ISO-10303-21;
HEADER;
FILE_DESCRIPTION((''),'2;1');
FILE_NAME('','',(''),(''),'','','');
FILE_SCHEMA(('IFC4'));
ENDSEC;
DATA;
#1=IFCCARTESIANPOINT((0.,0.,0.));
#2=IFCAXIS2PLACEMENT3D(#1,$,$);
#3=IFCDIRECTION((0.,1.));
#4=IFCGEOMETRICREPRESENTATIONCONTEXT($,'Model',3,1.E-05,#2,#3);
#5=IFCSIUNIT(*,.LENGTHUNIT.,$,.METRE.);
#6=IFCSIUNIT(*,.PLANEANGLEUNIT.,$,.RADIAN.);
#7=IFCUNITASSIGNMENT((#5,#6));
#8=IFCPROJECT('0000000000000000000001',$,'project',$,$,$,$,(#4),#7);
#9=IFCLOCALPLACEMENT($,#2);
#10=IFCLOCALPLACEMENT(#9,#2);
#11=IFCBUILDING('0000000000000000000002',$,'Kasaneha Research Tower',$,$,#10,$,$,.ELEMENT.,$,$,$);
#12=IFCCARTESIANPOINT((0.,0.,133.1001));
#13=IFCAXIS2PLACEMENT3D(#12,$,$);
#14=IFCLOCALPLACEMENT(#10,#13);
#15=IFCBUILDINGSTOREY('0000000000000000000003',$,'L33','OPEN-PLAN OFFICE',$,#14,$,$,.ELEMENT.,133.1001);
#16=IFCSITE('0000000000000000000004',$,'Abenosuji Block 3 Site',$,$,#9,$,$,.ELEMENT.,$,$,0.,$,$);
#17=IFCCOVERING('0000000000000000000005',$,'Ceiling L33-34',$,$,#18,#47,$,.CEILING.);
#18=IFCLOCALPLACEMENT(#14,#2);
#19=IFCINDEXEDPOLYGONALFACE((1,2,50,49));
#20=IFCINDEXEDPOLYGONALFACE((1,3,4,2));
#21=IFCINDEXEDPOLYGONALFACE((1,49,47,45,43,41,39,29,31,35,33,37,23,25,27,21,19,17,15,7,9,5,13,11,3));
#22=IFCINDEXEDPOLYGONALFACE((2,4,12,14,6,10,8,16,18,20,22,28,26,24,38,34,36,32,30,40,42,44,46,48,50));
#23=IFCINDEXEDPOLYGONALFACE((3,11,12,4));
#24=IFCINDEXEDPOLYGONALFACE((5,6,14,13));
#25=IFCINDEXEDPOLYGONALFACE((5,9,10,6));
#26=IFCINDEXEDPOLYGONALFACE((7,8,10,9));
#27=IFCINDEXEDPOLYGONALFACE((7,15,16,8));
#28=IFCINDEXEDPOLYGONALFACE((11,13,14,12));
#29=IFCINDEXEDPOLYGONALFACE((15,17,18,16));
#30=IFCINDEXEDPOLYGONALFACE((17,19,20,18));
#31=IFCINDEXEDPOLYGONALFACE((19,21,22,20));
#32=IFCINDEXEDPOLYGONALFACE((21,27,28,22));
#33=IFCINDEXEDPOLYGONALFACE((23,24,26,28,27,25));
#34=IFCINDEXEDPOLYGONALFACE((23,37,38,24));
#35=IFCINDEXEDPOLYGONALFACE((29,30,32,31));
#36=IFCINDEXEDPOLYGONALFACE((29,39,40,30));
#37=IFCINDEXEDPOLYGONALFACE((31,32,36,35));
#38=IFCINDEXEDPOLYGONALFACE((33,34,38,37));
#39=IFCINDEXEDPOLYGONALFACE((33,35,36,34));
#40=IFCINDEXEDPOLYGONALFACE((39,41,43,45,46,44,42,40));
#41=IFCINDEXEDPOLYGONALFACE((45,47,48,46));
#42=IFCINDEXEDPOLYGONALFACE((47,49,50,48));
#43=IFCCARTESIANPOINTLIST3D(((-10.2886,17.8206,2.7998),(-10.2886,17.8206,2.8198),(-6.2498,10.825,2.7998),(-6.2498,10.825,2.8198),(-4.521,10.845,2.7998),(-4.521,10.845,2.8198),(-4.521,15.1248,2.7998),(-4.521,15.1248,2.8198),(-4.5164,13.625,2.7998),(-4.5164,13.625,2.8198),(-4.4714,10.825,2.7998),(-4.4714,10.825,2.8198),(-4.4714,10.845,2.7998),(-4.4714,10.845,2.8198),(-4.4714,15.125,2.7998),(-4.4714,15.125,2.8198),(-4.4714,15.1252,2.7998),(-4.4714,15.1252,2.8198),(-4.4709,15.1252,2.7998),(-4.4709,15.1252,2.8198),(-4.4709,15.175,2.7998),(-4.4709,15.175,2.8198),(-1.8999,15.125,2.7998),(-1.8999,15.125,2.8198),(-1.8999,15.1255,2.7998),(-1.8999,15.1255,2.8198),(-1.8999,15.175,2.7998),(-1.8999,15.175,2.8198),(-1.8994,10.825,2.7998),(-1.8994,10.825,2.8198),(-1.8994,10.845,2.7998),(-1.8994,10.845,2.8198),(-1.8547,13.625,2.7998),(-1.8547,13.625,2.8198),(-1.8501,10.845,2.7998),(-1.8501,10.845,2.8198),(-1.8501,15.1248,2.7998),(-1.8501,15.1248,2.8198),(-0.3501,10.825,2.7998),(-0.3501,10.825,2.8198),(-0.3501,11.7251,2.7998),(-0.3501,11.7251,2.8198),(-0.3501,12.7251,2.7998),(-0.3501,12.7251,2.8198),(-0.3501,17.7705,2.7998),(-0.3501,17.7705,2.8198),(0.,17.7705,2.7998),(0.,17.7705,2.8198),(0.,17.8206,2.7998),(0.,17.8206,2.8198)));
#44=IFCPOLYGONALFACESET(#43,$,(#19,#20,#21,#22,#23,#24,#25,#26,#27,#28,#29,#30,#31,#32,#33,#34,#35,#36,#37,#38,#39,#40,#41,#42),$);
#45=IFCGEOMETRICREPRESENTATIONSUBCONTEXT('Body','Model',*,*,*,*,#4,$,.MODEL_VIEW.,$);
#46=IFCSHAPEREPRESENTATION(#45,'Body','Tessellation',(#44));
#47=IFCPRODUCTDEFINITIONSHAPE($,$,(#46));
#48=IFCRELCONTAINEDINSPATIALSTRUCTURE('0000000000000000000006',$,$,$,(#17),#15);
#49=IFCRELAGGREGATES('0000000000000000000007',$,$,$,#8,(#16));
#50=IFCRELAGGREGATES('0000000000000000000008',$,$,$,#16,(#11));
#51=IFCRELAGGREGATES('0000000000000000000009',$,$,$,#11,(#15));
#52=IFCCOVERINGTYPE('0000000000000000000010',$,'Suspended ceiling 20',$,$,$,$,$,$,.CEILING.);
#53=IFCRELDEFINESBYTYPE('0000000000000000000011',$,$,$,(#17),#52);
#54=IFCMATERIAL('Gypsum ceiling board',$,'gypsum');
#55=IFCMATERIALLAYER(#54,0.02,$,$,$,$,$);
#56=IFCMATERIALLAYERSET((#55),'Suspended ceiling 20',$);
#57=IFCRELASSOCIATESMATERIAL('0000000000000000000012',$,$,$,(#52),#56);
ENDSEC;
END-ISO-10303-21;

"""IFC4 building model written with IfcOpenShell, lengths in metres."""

from ifc_helpers import new_model, si_unit, direction, frame, origin, place, context, subcontext, project, spatial, polyline, outline, extrude, material, layer, layer_set, type_object, element, save


model = new_model("IFC4")

# Units and contexts
model_context = context("Model", 3, precision=1e-05, world=origin(), true_north=direction((0.0, 1.0)))
body_context = subcontext(model_context, "Body", "Model", "MODEL_VIEW")
ifc_project = project(units=[si_unit("LENGTHUNIT", "METRE"), si_unit("PLANEANGLEUNIT", "RADIAN")], contexts=[model_context])

# Site, building, storey
site_placement = place(None, origin())
site = spatial("IfcSite", under=ifc_project, at=site_placement, Name="Abenosuji Block 3 Site", CompositionType="ELEMENT", RefElevation=0.0)
building_placement = place(site_placement, origin())
building = spatial("IfcBuilding", under=site, at=building_placement, Name="Kasaneha Research Tower", CompositionType="ELEMENT")
storey_placement = place(building_placement, frame((0.0, 0.0, 133.1001)))
storey = spatial("IfcBuildingStorey", under=building, at=storey_placement, Name="L33", Description="OPEN-PLAN OFFICE", CompositionType="ELEMENT", Elevation=133.1001)

# Covering
ifc_material_1 = material(Name="Gypsum ceiling board", Category="gypsum")
ifc_layer_1 = layer(ifc_material_1, 0.02)
ifc_layer_set_1 = layer_set([ifc_layer_1], Name="Suspended ceiling 20")
covering_type_1 = type_object("IfcCoveringType", Name="Suspended ceiling 20", PredefinedType="CEILING", material=ifc_layer_set_1)
covering_1_placement = place(storey_placement, frame((0.0, 0.0, 2.7998)))
element("IfcCovering", 1, at=covering_1_placement, inside=storey, type_object=covering_type_1, Name="Ceiling L33-34", PredefinedType="CEILING", context=body_context, shape_type="SweptSolid", body=[
    extrude(outline(polyline([(-0.3501, 11.7251), (-0.3501, 10.825), (-1.8994, 10.825), (-1.8994, 10.845), (-1.8501, 10.845), (-1.8547, 13.625), (-1.8501, 15.1248), (-1.8999, 15.125), (-1.8999, 15.1255), (-1.8999, 15.175), (-4.4709, 15.175), (-4.4709, 15.1252), (-4.4714, 15.1252), (-4.4714, 15.125), (-4.521, 15.1248), (-4.5164, 13.625), (-4.521, 10.845), (-4.4714, 10.845), (-4.4714, 10.825), (-6.2498, 10.825), (-10.2886, 17.8206), (0.0, 17.8206), (0.0, 17.7705), (-0.3501, 17.7705), (-0.3501, 17.7705), (-0.3501, 12.7251), (-0.3501, 11.7251)])), origin(), (0.0, 0.0, 1.0), 0.02),
])

save(model, "model.ifc")
